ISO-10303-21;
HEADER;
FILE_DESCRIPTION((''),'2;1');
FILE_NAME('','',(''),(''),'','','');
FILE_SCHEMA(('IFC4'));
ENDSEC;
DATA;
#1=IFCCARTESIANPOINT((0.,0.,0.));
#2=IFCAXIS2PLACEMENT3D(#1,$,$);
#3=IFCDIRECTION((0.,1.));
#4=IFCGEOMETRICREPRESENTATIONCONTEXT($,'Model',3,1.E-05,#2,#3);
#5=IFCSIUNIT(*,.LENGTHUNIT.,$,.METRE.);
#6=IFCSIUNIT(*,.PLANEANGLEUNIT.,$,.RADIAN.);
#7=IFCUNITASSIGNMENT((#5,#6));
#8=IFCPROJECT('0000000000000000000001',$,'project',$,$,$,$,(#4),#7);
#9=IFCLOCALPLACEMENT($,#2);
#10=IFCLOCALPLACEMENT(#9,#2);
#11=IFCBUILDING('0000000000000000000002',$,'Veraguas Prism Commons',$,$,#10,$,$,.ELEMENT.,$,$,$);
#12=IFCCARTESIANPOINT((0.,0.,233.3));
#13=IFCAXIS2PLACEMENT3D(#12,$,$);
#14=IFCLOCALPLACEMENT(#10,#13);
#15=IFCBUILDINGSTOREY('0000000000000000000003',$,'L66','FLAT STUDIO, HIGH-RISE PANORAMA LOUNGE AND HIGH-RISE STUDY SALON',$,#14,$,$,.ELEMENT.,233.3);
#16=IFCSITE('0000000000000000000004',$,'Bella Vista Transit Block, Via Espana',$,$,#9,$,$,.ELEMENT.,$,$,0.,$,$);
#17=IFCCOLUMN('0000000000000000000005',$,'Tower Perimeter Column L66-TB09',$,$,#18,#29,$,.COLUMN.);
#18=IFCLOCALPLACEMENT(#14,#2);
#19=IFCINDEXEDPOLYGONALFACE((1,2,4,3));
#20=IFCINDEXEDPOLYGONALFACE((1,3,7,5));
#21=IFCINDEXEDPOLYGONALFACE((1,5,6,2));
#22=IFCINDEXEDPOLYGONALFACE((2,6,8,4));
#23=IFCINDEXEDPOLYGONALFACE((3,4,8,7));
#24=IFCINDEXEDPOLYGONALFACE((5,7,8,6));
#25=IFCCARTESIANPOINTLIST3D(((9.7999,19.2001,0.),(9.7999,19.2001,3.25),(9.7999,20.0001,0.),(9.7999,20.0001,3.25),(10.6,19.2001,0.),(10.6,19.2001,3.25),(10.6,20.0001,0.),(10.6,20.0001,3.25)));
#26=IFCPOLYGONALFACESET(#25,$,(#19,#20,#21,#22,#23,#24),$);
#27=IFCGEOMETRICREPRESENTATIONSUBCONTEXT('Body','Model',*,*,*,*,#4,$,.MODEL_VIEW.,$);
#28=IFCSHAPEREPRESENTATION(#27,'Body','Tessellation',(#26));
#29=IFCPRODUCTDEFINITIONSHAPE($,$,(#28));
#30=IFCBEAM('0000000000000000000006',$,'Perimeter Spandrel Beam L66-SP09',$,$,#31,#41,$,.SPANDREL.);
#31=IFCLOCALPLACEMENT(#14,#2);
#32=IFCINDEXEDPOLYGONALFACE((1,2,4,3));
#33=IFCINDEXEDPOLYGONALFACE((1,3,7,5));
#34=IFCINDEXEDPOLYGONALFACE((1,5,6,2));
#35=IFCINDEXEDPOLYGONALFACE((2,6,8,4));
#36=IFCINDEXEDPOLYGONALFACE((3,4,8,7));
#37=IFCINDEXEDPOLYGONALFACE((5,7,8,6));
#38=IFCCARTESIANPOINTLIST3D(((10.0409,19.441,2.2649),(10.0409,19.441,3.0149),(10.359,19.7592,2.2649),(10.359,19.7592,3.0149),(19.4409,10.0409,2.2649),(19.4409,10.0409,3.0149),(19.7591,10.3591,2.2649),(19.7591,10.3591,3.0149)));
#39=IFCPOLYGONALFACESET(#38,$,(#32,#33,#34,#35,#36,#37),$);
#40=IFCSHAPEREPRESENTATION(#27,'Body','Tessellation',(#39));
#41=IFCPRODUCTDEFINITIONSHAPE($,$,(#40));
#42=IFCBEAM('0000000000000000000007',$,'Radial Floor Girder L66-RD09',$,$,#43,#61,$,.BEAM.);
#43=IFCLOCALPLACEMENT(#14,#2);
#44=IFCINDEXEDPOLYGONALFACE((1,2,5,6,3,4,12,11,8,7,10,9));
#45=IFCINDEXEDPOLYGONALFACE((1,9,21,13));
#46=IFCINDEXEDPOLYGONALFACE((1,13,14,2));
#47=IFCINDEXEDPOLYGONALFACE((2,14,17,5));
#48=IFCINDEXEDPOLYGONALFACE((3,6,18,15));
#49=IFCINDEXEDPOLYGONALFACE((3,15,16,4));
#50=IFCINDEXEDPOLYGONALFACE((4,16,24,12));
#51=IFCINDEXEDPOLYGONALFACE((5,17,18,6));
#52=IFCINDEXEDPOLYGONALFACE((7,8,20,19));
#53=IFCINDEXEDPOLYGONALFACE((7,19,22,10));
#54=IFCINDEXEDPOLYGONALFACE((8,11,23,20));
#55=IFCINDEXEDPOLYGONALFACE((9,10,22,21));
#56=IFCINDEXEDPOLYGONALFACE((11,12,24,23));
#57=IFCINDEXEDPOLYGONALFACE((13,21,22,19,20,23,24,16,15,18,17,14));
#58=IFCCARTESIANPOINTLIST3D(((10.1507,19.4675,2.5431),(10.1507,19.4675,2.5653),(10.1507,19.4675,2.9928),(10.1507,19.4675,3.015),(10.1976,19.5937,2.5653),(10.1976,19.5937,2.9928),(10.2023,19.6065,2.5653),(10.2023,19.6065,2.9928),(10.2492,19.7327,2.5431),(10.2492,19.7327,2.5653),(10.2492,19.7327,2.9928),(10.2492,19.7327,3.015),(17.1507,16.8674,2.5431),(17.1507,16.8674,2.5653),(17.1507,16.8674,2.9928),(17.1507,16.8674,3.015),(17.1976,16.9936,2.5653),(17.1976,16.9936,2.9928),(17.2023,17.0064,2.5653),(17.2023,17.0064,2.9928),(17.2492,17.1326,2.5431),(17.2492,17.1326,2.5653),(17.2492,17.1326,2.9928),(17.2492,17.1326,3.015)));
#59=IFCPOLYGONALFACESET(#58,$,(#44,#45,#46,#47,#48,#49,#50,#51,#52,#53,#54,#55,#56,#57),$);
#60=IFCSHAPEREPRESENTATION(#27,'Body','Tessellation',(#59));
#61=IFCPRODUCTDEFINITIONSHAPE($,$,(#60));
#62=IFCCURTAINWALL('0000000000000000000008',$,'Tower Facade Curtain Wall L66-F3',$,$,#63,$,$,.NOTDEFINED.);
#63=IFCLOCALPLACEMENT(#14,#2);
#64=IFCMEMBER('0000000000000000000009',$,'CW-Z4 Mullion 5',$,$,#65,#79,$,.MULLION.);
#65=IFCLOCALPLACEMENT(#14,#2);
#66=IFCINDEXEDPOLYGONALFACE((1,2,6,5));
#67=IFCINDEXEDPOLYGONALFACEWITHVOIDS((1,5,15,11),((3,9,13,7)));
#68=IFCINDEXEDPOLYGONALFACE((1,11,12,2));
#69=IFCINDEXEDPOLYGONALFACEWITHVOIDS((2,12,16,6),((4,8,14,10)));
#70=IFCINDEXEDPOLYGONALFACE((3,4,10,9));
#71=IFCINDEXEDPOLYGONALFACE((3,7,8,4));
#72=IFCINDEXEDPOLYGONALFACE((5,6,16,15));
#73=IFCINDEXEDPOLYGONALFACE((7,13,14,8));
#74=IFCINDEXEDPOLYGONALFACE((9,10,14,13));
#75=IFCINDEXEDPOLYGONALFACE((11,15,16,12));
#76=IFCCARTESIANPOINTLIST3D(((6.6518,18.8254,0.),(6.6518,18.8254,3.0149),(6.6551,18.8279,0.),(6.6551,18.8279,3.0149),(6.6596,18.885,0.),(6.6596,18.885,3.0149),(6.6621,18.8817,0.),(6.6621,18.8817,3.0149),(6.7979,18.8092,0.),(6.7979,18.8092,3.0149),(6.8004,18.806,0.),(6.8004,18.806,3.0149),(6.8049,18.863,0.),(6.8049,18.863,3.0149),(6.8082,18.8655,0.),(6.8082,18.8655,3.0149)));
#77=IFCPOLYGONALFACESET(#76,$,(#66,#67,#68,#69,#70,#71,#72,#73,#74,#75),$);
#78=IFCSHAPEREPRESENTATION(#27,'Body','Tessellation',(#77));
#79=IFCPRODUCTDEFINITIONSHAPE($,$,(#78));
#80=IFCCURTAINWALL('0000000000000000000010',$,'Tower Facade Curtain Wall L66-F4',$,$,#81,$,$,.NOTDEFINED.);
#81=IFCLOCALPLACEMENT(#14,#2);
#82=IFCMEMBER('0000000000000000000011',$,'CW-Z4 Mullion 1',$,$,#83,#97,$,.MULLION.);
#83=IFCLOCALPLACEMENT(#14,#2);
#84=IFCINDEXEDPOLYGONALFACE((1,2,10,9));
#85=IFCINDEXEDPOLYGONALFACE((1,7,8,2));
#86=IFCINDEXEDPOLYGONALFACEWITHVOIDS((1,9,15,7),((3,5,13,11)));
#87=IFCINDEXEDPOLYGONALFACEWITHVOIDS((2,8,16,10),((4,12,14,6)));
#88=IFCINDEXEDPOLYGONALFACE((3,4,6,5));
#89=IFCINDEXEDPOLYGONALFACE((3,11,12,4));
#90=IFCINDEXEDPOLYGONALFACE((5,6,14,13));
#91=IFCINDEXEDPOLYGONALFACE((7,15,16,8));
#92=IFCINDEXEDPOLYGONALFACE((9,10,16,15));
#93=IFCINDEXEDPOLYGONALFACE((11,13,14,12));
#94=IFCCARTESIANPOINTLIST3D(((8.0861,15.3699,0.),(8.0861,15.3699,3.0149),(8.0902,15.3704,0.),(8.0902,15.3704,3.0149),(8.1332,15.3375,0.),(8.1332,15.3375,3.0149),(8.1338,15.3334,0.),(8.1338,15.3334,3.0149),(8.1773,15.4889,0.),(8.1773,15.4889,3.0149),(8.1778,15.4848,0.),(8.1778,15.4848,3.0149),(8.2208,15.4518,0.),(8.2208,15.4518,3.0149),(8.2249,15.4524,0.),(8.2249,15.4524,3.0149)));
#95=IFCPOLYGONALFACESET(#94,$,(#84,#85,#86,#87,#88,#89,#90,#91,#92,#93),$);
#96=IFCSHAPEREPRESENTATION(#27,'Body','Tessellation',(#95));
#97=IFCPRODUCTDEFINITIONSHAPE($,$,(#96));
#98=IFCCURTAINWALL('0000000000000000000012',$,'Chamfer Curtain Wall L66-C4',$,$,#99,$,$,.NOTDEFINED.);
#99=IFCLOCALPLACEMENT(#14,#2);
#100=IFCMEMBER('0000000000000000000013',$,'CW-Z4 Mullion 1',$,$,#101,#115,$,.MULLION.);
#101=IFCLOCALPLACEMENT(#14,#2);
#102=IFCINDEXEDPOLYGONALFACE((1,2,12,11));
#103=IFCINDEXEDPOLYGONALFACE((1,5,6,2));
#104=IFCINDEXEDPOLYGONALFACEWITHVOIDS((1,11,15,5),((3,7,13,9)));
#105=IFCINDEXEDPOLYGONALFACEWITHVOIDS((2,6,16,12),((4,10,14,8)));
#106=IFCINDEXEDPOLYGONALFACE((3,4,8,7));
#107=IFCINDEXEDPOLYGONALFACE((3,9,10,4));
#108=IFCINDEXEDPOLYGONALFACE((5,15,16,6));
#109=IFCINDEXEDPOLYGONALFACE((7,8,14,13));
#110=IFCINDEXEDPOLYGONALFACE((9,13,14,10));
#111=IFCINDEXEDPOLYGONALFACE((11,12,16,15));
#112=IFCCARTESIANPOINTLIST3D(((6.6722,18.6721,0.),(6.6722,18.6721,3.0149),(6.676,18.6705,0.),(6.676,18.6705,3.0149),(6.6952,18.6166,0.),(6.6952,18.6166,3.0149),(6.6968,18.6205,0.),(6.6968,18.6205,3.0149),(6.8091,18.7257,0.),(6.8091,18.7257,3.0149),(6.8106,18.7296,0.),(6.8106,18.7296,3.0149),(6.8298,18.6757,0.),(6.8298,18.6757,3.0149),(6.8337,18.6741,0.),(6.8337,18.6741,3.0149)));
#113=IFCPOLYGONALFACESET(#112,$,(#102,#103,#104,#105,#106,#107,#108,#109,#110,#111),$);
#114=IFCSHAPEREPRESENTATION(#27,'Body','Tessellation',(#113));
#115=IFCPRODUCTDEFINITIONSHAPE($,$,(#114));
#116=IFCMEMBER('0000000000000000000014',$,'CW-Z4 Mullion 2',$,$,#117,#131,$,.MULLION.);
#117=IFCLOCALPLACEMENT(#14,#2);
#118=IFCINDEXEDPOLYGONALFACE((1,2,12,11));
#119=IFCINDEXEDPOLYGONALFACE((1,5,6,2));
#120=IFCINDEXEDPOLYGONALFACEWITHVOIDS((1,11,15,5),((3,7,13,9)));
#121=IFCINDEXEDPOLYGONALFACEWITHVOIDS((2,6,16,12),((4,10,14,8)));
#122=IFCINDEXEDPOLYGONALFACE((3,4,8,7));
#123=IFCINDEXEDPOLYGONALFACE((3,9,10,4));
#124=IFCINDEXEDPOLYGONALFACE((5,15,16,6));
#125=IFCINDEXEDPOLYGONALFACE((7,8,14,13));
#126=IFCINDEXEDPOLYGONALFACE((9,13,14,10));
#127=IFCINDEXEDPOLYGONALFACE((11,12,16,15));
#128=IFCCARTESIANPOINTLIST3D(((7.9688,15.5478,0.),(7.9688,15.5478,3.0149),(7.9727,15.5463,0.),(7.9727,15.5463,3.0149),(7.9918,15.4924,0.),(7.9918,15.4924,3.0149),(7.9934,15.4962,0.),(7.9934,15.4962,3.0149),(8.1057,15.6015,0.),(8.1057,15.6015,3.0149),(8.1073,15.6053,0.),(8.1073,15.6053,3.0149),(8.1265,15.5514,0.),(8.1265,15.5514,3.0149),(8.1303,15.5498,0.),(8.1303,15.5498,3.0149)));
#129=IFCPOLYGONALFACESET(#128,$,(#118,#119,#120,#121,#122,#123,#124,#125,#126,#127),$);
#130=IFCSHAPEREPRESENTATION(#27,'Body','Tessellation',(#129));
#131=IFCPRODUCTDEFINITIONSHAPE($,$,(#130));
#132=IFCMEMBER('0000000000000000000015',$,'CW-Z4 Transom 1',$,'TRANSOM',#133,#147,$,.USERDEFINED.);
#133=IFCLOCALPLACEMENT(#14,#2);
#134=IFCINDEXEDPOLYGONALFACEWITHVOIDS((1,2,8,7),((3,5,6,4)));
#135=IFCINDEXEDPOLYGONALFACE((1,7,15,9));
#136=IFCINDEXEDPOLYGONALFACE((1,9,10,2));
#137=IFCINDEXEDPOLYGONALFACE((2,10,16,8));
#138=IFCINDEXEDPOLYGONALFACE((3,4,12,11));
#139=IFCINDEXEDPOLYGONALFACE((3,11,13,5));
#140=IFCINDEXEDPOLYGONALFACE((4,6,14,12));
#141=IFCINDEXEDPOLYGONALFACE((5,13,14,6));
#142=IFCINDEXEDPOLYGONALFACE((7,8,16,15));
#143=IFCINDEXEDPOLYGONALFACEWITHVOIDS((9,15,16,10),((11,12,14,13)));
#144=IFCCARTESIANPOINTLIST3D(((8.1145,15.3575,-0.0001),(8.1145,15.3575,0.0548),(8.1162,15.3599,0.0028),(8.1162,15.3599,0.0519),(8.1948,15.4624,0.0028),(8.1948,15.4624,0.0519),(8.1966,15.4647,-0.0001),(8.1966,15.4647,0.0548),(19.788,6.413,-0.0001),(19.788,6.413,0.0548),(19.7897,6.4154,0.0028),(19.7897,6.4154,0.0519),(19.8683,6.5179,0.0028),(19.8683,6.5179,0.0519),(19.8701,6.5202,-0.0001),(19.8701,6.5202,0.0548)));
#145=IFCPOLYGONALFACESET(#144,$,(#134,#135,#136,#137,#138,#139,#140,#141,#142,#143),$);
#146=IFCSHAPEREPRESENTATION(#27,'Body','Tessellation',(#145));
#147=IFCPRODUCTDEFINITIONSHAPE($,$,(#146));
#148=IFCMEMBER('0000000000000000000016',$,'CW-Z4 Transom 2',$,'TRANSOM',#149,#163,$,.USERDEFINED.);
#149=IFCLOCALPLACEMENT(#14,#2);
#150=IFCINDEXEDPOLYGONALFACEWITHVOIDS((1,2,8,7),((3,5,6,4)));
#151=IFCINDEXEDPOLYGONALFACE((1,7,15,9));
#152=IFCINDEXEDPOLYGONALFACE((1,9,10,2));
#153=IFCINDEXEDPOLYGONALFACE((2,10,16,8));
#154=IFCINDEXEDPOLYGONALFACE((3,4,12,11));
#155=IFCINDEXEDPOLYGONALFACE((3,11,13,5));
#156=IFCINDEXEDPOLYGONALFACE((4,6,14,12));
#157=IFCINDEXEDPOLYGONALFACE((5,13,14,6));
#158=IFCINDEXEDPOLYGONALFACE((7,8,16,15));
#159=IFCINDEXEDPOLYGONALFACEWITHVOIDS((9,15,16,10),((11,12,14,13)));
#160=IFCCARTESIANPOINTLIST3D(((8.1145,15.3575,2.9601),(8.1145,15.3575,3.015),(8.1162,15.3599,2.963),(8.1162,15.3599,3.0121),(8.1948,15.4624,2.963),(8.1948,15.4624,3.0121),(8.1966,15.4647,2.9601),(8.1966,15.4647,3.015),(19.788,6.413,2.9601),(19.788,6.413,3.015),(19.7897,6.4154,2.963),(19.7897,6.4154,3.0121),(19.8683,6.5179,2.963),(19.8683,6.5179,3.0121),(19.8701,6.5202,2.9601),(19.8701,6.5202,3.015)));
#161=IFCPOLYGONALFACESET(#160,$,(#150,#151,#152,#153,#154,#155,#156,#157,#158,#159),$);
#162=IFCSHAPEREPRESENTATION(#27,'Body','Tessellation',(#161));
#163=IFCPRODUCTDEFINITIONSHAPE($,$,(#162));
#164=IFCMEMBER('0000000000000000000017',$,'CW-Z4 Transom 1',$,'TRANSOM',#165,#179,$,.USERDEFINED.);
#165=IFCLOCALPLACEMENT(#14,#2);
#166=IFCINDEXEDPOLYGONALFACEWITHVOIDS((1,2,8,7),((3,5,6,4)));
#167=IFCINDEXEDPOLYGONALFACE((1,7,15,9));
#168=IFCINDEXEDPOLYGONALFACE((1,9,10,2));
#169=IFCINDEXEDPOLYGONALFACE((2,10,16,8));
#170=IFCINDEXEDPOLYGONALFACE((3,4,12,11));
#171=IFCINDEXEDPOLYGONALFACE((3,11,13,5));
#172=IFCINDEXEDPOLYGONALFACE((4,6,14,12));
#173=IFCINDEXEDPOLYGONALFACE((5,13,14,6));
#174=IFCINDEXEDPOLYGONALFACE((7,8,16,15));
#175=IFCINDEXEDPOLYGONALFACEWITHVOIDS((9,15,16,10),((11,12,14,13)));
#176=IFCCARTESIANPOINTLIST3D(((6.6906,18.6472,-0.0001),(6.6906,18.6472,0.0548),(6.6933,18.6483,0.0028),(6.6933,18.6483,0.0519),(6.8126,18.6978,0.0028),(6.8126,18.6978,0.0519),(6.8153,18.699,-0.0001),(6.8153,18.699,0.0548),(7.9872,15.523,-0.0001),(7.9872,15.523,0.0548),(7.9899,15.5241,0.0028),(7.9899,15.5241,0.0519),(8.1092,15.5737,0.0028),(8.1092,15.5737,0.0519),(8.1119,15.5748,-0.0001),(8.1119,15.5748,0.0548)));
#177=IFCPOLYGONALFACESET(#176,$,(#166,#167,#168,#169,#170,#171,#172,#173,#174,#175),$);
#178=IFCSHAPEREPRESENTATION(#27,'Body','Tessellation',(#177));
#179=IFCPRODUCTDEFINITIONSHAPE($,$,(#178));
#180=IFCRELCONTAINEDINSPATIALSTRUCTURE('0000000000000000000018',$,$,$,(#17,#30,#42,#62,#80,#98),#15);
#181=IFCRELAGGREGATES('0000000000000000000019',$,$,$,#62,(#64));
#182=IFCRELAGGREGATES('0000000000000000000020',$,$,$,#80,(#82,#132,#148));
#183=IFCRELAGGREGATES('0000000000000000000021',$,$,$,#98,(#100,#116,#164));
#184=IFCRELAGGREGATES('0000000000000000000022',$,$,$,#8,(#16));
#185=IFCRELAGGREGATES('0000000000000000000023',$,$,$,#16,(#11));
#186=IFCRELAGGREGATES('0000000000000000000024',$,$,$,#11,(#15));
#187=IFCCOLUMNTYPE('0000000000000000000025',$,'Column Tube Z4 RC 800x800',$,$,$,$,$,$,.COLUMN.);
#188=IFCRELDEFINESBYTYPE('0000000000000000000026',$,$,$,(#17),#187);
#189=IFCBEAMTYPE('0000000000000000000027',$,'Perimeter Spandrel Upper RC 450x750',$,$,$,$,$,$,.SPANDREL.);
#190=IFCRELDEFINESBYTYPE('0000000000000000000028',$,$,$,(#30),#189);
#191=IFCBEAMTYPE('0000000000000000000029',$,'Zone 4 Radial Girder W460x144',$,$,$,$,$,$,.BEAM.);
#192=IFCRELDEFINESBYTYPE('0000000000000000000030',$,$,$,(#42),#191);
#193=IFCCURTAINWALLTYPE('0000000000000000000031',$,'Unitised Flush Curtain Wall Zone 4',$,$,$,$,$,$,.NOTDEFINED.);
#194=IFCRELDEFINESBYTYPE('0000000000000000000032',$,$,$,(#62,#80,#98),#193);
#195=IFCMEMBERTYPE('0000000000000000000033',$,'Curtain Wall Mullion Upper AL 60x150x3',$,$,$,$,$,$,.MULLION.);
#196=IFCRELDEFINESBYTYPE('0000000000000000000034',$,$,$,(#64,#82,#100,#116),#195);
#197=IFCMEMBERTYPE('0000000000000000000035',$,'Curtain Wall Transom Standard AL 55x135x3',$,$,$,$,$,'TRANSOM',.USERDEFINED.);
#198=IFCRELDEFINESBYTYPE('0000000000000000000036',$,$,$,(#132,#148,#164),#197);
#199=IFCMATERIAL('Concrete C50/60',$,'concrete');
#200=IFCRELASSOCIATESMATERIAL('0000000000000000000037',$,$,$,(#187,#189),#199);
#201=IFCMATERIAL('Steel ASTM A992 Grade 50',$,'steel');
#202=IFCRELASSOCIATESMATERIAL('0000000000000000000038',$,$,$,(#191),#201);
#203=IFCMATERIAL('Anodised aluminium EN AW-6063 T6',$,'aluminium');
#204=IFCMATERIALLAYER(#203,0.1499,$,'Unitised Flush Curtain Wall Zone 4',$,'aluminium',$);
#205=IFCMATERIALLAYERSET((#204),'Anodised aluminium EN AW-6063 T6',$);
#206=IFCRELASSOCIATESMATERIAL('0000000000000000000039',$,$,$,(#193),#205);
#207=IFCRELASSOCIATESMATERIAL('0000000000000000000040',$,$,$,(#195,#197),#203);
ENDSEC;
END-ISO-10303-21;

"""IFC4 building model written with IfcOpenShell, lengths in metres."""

from ifc_helpers import new_model, si_unit, direction, frame, origin, origin_2d, place, context, subcontext, project, spatial, rectangle, hollow_rectangle, i_section, extrude, source, transform, mapped, material, layer, layer_set, material_profile, profile_set, type_object, element, aggregate, save


model = new_model("IFC4")

# Units and contexts
model_context = context("Model", 3, precision=1e-05, world=origin(), true_north=direction((0.0, 1.0)))
body_context = subcontext(model_context, "Body", "Model", "MODEL_VIEW")
ifc_project = project(units=[si_unit("LENGTHUNIT", "METRE"), si_unit("PLANEANGLEUNIT", "RADIAN")], contexts=[model_context])

# Site, building, storey
site_placement = place(None, origin())
site = spatial("IfcSite", under=ifc_project, at=site_placement, Name="Bella Vista Transit Block, Via Espana", CompositionType="ELEMENT", RefElevation=0.0)
building_placement = place(site_placement, origin())
building = spatial("IfcBuilding", under=site, at=building_placement, Name="Veraguas Prism Commons", CompositionType="ELEMENT")
storey_placement = place(building_placement, frame((0.0, 0.0, 233.3)))
storey = spatial("IfcBuildingStorey", under=building, at=storey_placement, Name="L66", Description="FLAT STUDIO, HIGH-RISE PANORAMA LOUNGE AND HIGH-RISE STUDY SALON", CompositionType="ELEMENT", Elevation=233.3)

# Column
ifc_material_1 = material(Name="Concrete C50/60", Category="concrete")
ifc_material_profile_1 = material_profile(ifc_material_1, rectangle(XDim=0.8, YDim=0.8, at=origin_2d()), Name="RC800X800")
ifc_profile_set_1 = profile_set([ifc_material_profile_1], Name="Concrete C50/60")
column_type = type_object("IfcColumnType", Name="Column Tube Z4 RC 800x800", PredefinedType="COLUMN", material=ifc_profile_set_1)
column_placement = place(storey_placement, frame((10.2, 19.6001, 0.0), z_axis=(0.0, 0.0, 1.0), x_axis=(1.0, 0.0, 0.0)))
element("IfcColumn", 1, at=column_placement, inside=storey, type_object=column_type, Name="Tower Perimeter Column L66-TB09", PredefinedType="COLUMN", context=body_context, shape_type="SweptSolid", body=[
    extrude(rectangle(XDim=0.8, YDim=0.8, at=origin_2d()), origin(), (0.0, 0.0, 1.0), 3.25),
])

# Beams
ifc_material_profile_2 = material_profile(ifc_material_1, rectangle(XDim=0.45, YDim=0.75, at=origin_2d()), Name="RC450X750")
ifc_profile_set_2 = profile_set([ifc_material_profile_2], Name="Concrete C50/60")
beam_type_1 = type_object("IfcBeamType", Name="Perimeter Spandrel Upper RC 450x750", PredefinedType="SPANDREL", material=ifc_profile_set_2)
beam_1_placement = place(storey_placement, frame((10.2, 19.6001, 2.6399), z_axis=(0.707107, -0.707107, 0.0), x_axis=(0.707107, 0.707107, 0.0)))
element("IfcBeam", 2, at=beam_1_placement, inside=storey, type_object=beam_type_1, Name="Perimeter Spandrel Beam L66-SP09", PredefinedType="SPANDREL", context=body_context, shape_type="SweptSolid", body=[
    extrude(rectangle(XDim=0.45, YDim=0.75, at=origin_2d()), origin(), (0.0, 0.0, 1.0), 13.2937),
])
ifc_material_2 = material(Name="Steel ASTM A992 Grade 50", Category="steel")
ifc_material_profile_3 = material_profile(ifc_material_2, i_section(OverallWidth=0.283, OverallDepth=0.4719, WebThickness=0.0137, FlangeThickness=0.0222, at=origin_2d()), Name="W460X144")
ifc_profile_set_3 = profile_set([ifc_material_profile_3], Name="Steel ASTM A992 Grade 50")
beam_type_2 = type_object("IfcBeamType", Name="Zone 4 Radial Girder W460x144", PredefinedType="BEAM", material=ifc_profile_set_3)
beam_2_placement = place(storey_placement, frame((10.2, 19.6001, 2.7791), z_axis=(0.937421, -0.348198, 0.0), x_axis=(0.348198, 0.937421, 0.0)))
element("IfcBeam", 3, at=beam_2_placement, inside=storey, type_object=beam_type_2, Name="Radial Floor Girder L66-RD09", PredefinedType="BEAM", context=body_context, shape_type="SweptSolid", body=[
    extrude(i_section(OverallWidth=0.283, OverallDepth=0.4719, WebThickness=0.0137, FlangeThickness=0.0222, at=origin_2d()), origin(), (0.0, 0.0, 1.0), 7.4673),
])

# Curtain walls, members
ifc_material_3 = material(Name="Anodised aluminium EN AW-6063 T6", Category="aluminium")
ifc_layer_1 = layer(ifc_material_3, 0.1499, Name="Unitised Flush Curtain Wall Zone 4", Category="aluminium")
ifc_layer_set_1 = layer_set([ifc_layer_1], Name="Anodised aluminium EN AW-6063 T6")
curtain_wall_type = type_object("IfcCurtainWallType", Name="Unitised Flush Curtain Wall Zone 4", PredefinedType="NOTDEFINED", material=ifc_layer_set_1)
curtain_wall_1_placement = place(storey_placement, origin())
curtain_wall_1 = element("IfcCurtainWall", 4, at=curtain_wall_1_placement, inside=storey, type_object=curtain_wall_type, Name="Tower Facade Curtain Wall L66-F3", PredefinedType="NOTDEFINED")
ifc_material_profile_4 = material_profile(ifc_material_3, hollow_rectangle(XDim=0.0601, YDim=0.1499, WallThickness=0.0029, at=origin_2d()), Name="AL60X150X3")
ifc_profile_set_4 = profile_set([ifc_material_profile_4], Name="Anodised aluminium EN AW-6063 T6")
member_type_1 = type_object("IfcMemberType", Name="Curtain Wall Mullion Upper AL 60x150x3", PredefinedType="MULLION", material=ifc_profile_set_4)
shared_shape_1 = source(origin(), body_context, "Body", "SweptSolid", [
    extrude(hollow_rectangle(XDim=0.0601, YDim=0.1499, WallThickness=0.0029, at=origin_2d()), origin(), (0.0, 0.0, 1.0), 3.0149),
])
member_1_placement = place(storey_placement, frame((6.73, 18.8455, 0.0), z_axis=(0.0, 0.0, 1.0), x_axis=(-0.129836, -0.991536, 0.0)))
member_1 = element("IfcMember", 5, at=member_1_placement, type_object=member_type_1, Name="CW-Z4 Mullion 5", PredefinedType="MULLION", context=body_context, shape_type="MappedRepresentation", body=[
    mapped(shared_shape_1, transform((0.0, 0.0, 0.0), scale=1.0)),
])
curtain_wall_2_placement = place(storey_placement, origin())
curtain_wall_2 = element("IfcCurtainWall", 6, at=curtain_wall_2_placement, inside=storey, type_object=curtain_wall_type, Name="Tower Facade Curtain Wall L66-F4", PredefinedType="NOTDEFINED")
member_2_placement = place(storey_placement, frame((8.1555, 15.4111, 0.0), z_axis=(0.0, 0.0, 1.0), x_axis=(0.79378, -0.608205, 0.0)))
member_2 = element("IfcMember", 7, at=member_2_placement, type_object=member_type_1, Name="CW-Z4 Mullion 1", PredefinedType="MULLION", context=body_context, shape_type="MappedRepresentation", body=[
    mapped(shared_shape_1, transform((0.0, 0.0, 0.0), scale=1.0)),
])

# Curtain wall, members
curtain_wall_3_placement = place(storey_placement, origin())
curtain_wall_3 = element("IfcCurtainWall", 8, at=curtain_wall_3_placement, inside=storey, type_object=curtain_wall_type, Name="Chamfer Curtain Wall L66-C4", PredefinedType="NOTDEFINED")
member_3_placement = place(storey_placement, frame((6.7529, 18.6731, 0.0), z_axis=(0.0, 0.0, 1.0), x_axis=(0.38332, -0.923615, 0.0)))
member_3 = element("IfcMember", 9, at=member_3_placement, type_object=member_type_1, Name="CW-Z4 Mullion 1", PredefinedType="MULLION", context=body_context, shape_type="MappedRepresentation", body=[
    mapped(shared_shape_1, transform((0.0, 0.0, 0.0), scale=1.0)),
])
member_4_placement = place(storey_placement, frame((8.0496, 15.5488, 0.0), z_axis=(0.0, 0.0, 1.0), x_axis=(0.38332, -0.923615, 0.0)))
member_4 = element("IfcMember", 10, at=member_4_placement, type_object=member_type_1, Name="CW-Z4 Mullion 2", PredefinedType="MULLION", context=body_context, shape_type="MappedRepresentation", body=[
    mapped(shared_shape_1, transform((0.0, 0.0, 0.0), scale=1.0)),
])

# Members
ifc_material_profile_5 = material_profile(ifc_material_3, hollow_rectangle(XDim=0.0549, YDim=0.135, WallThickness=0.0029, at=origin_2d()), Name="AL55X135X3")
ifc_profile_set_5 = profile_set([ifc_material_profile_5], Name="Anodised aluminium EN AW-6063 T6")
member_type_2 = type_object("IfcMemberType", Name="Curtain Wall Transom Standard AL 55x135x3", ElementType="TRANSOM", PredefinedType="USERDEFINED", material=ifc_profile_set_5)
shared_shape_2 = source(origin(), body_context, "Body", "SweptSolid", [
    extrude(hollow_rectangle(XDim=0.0549, YDim=0.135, WallThickness=0.0029, at=origin_2d()), origin(), (0.0, 0.0, 1.0), 14.7063),
])
member_5_placement = place(storey_placement, frame((8.1555, 15.4111, 0.0273), z_axis=(0.793776, -0.60821, 0.0), x_axis=(0.0, 0.0, 1.0)))
member_5 = element("IfcMember", 11, at=member_5_placement, type_object=member_type_2, Name="CW-Z4 Transom 1", ObjectType="TRANSOM", PredefinedType="USERDEFINED", context=body_context, shape_type="MappedRepresentation", body=[
    mapped(shared_shape_2, transform((0.0, 0.0, 0.0), scale=1.0)),
])
member_6_placement = place(storey_placement, frame((8.1555, 15.4111, 2.9875), z_axis=(0.793776, -0.60821, 0.0), x_axis=(0.0, 0.0, 1.0)))
member_6 = element("IfcMember", 12, at=member_6_placement, type_object=member_type_2, Name="CW-Z4 Transom 2", ObjectType="TRANSOM", PredefinedType="USERDEFINED", context=body_context, shape_type="MappedRepresentation", body=[
    mapped(shared_shape_2, transform((0.0, 0.0, 0.0), scale=1.0)),
])
shared_shape_3 = source(origin(), body_context, "Body", "SweptSolid", [
    extrude(hollow_rectangle(XDim=0.0549, YDim=0.135, WallThickness=0.0029, at=origin_2d()), origin(), (0.0, 0.0, 1.0), 3.3826),
])
member_7_placement = place(storey_placement, frame((6.7529, 18.6731, 0.0273), z_axis=(0.383318, -0.923616, 0.0), x_axis=(0.0, 0.0, 1.0)))
member_7 = element("IfcMember", 13, at=member_7_placement, type_object=member_type_2, Name="CW-Z4 Transom 1", ObjectType="TRANSOM", PredefinedType="USERDEFINED", context=body_context, shape_type="MappedRepresentation", body=[
    mapped(shared_shape_3, transform((0.0, 0.0, 0.0), scale=1.0)),
])

aggregate(curtain_wall_1, [member_1])
aggregate(curtain_wall_2, [member_2, member_5, member_6])
aggregate(curtain_wall_3, [member_3, member_4, member_7])

save(model, "model.ifc")
